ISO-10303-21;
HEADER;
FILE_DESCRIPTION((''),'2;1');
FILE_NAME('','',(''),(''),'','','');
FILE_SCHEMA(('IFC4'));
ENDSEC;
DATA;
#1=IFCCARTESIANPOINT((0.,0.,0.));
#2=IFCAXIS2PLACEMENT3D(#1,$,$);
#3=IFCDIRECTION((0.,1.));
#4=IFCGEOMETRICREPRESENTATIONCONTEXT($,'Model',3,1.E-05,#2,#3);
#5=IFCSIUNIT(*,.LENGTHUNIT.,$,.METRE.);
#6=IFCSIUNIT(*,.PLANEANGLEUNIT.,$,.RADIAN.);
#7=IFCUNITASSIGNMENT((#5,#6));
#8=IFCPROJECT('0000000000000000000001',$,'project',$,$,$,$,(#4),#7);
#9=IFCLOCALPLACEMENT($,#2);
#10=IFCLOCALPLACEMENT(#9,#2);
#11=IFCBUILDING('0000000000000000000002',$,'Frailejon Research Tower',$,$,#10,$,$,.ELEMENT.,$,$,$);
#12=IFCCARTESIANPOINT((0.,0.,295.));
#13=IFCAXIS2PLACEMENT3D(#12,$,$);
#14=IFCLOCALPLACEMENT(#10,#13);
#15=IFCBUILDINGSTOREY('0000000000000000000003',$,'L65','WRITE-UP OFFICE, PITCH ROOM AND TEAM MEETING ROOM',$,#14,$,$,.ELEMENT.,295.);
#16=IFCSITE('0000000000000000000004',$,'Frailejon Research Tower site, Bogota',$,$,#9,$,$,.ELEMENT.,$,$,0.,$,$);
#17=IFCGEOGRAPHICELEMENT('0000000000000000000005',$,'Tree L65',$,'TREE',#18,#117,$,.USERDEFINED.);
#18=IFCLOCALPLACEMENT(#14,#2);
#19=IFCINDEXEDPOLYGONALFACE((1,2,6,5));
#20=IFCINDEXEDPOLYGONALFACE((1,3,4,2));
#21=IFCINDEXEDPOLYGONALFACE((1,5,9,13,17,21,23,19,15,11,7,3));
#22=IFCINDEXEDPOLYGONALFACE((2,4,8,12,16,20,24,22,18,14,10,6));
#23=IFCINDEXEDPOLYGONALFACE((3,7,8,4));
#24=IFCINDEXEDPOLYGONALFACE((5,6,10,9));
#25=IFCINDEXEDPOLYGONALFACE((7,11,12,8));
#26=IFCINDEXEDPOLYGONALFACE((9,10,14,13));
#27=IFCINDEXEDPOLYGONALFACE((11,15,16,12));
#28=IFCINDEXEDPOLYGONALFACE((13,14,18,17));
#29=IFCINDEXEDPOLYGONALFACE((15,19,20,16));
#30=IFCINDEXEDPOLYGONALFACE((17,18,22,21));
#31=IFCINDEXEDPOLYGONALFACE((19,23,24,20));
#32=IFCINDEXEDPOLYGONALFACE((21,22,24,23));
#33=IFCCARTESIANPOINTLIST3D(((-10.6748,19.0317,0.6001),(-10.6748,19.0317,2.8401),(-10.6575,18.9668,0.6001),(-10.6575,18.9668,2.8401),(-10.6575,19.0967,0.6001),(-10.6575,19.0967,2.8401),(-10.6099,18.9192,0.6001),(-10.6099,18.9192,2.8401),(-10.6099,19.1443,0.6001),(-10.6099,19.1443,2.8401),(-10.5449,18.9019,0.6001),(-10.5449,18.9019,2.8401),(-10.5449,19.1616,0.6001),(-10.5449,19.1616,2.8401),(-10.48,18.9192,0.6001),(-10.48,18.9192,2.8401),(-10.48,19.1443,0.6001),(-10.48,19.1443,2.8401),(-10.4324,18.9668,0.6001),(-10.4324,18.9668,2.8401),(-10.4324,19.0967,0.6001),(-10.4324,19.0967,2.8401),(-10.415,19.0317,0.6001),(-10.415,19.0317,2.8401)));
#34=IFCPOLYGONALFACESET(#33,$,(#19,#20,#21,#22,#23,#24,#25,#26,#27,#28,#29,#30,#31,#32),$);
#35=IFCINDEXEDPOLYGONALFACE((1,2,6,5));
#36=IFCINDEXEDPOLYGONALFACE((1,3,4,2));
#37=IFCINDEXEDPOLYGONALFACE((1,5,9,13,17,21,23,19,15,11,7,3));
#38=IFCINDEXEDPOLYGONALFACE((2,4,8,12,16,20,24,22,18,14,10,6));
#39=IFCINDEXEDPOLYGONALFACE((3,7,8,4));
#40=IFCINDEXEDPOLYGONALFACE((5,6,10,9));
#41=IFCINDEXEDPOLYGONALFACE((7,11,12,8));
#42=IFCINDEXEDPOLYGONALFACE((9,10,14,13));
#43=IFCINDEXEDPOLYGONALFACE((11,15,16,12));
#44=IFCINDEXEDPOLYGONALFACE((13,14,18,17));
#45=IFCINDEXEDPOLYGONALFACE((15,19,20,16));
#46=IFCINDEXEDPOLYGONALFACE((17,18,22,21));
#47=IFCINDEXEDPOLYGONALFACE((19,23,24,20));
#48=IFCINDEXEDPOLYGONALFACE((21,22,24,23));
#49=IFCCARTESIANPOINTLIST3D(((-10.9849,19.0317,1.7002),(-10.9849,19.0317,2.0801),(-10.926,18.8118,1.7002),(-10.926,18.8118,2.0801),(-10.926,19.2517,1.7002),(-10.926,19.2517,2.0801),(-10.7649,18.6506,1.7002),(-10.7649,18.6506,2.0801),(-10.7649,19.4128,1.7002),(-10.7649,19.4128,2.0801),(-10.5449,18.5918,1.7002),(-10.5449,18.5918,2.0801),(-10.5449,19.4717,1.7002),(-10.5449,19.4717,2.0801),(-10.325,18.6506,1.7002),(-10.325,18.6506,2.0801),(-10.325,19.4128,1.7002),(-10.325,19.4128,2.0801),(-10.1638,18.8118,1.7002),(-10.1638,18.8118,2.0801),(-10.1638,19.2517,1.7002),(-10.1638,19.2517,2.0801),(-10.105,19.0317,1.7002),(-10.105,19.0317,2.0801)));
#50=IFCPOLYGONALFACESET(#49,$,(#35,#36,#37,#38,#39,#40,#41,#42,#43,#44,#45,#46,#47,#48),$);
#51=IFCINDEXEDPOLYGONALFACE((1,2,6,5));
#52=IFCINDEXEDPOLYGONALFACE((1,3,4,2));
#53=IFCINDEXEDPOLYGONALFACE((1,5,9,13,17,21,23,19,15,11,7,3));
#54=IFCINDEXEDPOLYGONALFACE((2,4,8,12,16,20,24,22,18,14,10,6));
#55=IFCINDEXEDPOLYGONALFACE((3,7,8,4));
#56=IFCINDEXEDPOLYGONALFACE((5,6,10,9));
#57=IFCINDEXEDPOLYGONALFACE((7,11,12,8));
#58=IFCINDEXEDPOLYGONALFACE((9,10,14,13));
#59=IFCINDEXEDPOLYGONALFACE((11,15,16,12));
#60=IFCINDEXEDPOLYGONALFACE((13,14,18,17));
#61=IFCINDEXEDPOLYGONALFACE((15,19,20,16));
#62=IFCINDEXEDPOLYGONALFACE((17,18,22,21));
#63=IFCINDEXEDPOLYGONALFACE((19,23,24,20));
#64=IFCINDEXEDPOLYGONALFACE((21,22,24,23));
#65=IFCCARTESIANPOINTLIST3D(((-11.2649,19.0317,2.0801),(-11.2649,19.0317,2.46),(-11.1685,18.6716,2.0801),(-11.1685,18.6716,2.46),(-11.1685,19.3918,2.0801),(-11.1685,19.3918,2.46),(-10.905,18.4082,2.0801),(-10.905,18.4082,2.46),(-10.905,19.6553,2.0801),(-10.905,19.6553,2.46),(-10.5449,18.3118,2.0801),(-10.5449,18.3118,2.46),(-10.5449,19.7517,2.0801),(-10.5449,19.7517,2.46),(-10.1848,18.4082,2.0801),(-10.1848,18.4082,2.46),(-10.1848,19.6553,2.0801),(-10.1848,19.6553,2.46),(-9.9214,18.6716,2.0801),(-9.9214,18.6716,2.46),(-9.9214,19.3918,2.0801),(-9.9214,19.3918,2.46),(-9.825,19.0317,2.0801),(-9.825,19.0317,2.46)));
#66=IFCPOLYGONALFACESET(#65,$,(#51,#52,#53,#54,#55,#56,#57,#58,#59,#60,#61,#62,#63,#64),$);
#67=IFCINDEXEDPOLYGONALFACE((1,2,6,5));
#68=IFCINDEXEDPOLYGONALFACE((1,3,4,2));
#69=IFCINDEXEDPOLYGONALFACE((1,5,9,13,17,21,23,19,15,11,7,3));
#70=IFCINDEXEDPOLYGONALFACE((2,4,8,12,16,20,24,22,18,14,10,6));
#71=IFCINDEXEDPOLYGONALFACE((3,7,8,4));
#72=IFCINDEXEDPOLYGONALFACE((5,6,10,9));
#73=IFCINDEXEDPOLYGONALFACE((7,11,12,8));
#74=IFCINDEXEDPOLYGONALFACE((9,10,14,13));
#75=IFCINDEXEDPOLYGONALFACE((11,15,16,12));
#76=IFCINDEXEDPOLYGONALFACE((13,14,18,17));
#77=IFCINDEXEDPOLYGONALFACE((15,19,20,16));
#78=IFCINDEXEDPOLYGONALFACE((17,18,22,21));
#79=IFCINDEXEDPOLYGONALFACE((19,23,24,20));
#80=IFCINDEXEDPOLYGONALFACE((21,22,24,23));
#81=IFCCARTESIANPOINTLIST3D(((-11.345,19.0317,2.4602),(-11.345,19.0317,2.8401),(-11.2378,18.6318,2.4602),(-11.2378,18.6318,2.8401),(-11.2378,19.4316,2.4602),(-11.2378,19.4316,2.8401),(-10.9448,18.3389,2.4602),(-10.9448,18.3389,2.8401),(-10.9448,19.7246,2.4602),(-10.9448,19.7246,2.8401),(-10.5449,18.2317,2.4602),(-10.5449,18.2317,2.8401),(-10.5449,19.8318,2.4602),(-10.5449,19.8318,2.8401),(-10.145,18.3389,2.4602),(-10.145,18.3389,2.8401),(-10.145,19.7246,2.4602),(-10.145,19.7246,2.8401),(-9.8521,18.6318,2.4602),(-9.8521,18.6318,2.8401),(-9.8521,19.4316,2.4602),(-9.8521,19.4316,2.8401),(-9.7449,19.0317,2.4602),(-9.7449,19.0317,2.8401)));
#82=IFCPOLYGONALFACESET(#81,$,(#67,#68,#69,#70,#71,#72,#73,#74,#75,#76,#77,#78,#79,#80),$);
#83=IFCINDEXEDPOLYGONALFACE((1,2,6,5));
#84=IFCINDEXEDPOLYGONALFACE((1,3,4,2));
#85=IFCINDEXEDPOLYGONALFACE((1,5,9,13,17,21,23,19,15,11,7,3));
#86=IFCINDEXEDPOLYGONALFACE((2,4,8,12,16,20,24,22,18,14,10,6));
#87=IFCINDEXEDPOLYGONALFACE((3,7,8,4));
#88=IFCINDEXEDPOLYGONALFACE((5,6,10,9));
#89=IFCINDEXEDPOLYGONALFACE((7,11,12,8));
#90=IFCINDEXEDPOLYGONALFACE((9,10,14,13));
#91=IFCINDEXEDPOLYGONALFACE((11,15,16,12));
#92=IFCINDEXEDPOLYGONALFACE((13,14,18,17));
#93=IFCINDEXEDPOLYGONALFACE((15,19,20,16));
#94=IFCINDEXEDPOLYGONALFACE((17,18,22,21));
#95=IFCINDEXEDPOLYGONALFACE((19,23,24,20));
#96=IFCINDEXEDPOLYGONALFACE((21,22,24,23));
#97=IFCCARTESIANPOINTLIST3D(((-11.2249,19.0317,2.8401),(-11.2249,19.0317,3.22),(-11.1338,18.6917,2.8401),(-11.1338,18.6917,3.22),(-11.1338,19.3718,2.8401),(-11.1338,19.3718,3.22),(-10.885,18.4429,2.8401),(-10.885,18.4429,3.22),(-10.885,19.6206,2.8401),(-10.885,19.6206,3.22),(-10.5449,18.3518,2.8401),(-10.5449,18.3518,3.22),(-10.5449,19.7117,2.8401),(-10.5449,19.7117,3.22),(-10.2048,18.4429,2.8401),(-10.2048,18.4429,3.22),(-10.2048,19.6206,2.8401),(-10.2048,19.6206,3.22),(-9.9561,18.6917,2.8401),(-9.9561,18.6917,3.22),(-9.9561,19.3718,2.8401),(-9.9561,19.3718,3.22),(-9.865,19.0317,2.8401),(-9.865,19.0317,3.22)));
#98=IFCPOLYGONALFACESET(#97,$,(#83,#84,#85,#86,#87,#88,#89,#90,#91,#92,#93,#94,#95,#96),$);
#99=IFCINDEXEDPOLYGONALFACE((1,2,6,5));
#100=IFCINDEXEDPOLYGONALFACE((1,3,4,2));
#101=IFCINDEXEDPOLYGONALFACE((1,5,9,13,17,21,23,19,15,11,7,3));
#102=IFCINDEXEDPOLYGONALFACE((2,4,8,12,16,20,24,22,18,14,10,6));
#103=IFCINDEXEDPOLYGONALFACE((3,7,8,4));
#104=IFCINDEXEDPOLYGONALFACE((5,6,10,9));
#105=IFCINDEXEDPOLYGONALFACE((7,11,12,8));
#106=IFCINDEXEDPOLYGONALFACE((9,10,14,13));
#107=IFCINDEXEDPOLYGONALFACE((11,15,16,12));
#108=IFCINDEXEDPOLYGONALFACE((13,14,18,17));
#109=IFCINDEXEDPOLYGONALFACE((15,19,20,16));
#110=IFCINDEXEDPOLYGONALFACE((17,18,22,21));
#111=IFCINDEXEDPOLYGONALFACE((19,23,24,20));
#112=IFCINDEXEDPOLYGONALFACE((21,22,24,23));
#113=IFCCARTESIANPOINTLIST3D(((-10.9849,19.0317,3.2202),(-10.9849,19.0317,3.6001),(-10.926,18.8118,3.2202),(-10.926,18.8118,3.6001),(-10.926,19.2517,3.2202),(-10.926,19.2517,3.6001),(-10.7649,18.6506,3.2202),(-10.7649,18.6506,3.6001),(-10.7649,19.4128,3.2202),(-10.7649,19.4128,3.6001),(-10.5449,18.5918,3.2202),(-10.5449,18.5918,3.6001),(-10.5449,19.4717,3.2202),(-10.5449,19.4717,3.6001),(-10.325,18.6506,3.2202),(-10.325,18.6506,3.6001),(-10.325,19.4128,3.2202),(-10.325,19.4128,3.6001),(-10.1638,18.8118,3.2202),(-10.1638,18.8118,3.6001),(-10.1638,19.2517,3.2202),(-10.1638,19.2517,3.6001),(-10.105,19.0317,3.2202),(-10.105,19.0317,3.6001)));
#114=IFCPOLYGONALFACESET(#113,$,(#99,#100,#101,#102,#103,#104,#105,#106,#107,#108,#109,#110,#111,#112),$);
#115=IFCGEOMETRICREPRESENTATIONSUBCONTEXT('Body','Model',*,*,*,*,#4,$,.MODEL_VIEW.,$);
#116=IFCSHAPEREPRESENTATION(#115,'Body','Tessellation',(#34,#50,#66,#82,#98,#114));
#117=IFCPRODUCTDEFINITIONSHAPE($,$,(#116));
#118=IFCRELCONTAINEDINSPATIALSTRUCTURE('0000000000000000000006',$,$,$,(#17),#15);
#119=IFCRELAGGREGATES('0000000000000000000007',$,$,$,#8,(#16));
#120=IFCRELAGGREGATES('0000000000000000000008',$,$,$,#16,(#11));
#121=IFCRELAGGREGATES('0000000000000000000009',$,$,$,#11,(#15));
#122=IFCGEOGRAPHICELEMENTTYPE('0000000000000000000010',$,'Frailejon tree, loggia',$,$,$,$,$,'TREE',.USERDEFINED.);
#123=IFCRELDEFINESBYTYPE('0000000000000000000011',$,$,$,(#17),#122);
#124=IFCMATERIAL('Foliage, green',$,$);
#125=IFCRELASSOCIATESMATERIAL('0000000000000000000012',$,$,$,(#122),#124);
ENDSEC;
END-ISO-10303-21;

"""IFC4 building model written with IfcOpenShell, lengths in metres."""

from ifc_helpers import new_model, si_unit, direction, frame, origin, place, context, subcontext, project, spatial, polyline, outline, extrude, material, type_object, element, save


model = new_model("IFC4")

# Units and contexts
model_context = context("Model", 3, precision=1e-05, world=origin(), true_north=direction((0.0, 1.0)))
body_context = subcontext(model_context, "Body", "Model", "MODEL_VIEW")
ifc_project = project(units=[si_unit("LENGTHUNIT", "METRE"), si_unit("PLANEANGLEUNIT", "RADIAN")], contexts=[model_context])

# Site, building, storey
site_placement = place(None, origin())
site = spatial("IfcSite", under=ifc_project, at=site_placement, Name="Frailejon Research Tower site, Bogota", CompositionType="ELEMENT", RefElevation=0.0)
building_placement = place(site_placement, origin())
building = spatial("IfcBuilding", under=site, at=building_placement, Name="Frailejon Research Tower", CompositionType="ELEMENT")
storey_placement = place(building_placement, frame((0.0, 0.0, 295.0)))
storey = spatial("IfcBuildingStorey", under=building, at=storey_placement, Name="L65", Description="WRITE-UP OFFICE, PITCH ROOM AND TEAM MEETING ROOM", CompositionType="ELEMENT", Elevation=295.0)

# Geographic element
ifc_material_1 = material(Name="Foliage, green")
geographic_element_type = type_object("IfcGeographicElementType", Name="Frailejon tree, loggia", ElementType="TREE", PredefinedType="USERDEFINED", material=ifc_material_1)
geographic_element_placement = place(storey_placement, frame((-10.5449, 19.0317, 0.6001)))
element("IfcGeographicElement", 1, at=geographic_element_placement, inside=storey, type_object=geographic_element_type, Name="Tree L65", ObjectType="TREE", PredefinedType="USERDEFINED", context=body_context, shape_type="SweptSolid", body=[
    extrude(outline(polyline([(0.1299, 0.0), (0.1125, 0.0649), (0.0649, 0.1125), (0.0, 0.1299), (-0.0649, 0.1125), (-0.1125, 0.0649), (-0.1299, 0.0), (-0.1125, -0.0649), (-0.0649, -0.1125), (0.0, -0.1299), (0.0649, -0.1125), (0.1125, -0.0649), (0.1299, 0.0)])), origin(), (0.0, 0.0, 1.0), 2.24),
    extrude(outline(polyline([(0.4399, 0.0), (0.3811, 0.22), (0.22, 0.3811), (0.0, 0.4399), (-0.22, 0.3811), (-0.3811, 0.22), (-0.4399, 0.0), (-0.3811, -0.22), (-0.22, -0.3811), (0.0, -0.4399), (0.22, -0.3811), (0.3811, -0.22), (0.4399, 0.0)])), frame((0.0, 0.0, 1.1001)), (0.0, 0.0, 1.0), 0.3799),
    extrude(outline(polyline([(0.72, 0.0), (0.6235, 0.3601), (0.3601, 0.6235), (0.0, 0.72), (-0.3601, 0.6235), (-0.6235, 0.3601), (-0.72, 0.0), (-0.6235, -0.3601), (-0.3601, -0.6235), (0.0, -0.72), (0.3601, -0.6235), (0.6235, -0.3601), (0.72, 0.0)])), frame((0.0, 0.0, 1.48)), (0.0, 0.0, 1.0), 0.3799),
    extrude(outline(polyline([(0.8, 0.0), (0.6929, 0.3999), (0.3999, 0.6929), (0.0, 0.8), (-0.3999, 0.6929), (-0.6929, 0.3999), (-0.8, 0.0), (-0.6929, -0.3999), (-0.3999, -0.6929), (0.0, -0.8), (0.3999, -0.6929), (0.6929, -0.3999), (0.8, 0.0)])), frame((0.0, 0.0, 1.8601)), (0.0, 0.0, 1.0), 0.3799),
    extrude(outline(polyline([(0.6799, 0.0), (0.5889, 0.3401), (0.3401, 0.5889), (0.0, 0.6799), (-0.3401, 0.5889), (-0.5889, 0.3401), (-0.6799, 0.0), (-0.5889, -0.3401), (-0.3401, -0.5889), (0.0, -0.6799), (0.3401, -0.5889), (0.5889, -0.3401), (0.6799, 0.0)])), frame((0.0, 0.0, 2.24)), (0.0, 0.0, 1.0), 0.3799),
    extrude(outline(polyline([(0.4399, 0.0), (0.3811, 0.22), (0.22, 0.3811), (0.0, 0.4399), (-0.22, 0.3811), (-0.3811, 0.22), (-0.4399, 0.0), (-0.3811, -0.22), (-0.22, -0.3811), (0.0, -0.4399), (0.22, -0.3811), (0.3811, -0.22), (0.4399, 0.0)])), frame((0.0, 0.0, 2.6201)), (0.0, 0.0, 1.0), 0.3799),
])

save(model, "model.ifc")
